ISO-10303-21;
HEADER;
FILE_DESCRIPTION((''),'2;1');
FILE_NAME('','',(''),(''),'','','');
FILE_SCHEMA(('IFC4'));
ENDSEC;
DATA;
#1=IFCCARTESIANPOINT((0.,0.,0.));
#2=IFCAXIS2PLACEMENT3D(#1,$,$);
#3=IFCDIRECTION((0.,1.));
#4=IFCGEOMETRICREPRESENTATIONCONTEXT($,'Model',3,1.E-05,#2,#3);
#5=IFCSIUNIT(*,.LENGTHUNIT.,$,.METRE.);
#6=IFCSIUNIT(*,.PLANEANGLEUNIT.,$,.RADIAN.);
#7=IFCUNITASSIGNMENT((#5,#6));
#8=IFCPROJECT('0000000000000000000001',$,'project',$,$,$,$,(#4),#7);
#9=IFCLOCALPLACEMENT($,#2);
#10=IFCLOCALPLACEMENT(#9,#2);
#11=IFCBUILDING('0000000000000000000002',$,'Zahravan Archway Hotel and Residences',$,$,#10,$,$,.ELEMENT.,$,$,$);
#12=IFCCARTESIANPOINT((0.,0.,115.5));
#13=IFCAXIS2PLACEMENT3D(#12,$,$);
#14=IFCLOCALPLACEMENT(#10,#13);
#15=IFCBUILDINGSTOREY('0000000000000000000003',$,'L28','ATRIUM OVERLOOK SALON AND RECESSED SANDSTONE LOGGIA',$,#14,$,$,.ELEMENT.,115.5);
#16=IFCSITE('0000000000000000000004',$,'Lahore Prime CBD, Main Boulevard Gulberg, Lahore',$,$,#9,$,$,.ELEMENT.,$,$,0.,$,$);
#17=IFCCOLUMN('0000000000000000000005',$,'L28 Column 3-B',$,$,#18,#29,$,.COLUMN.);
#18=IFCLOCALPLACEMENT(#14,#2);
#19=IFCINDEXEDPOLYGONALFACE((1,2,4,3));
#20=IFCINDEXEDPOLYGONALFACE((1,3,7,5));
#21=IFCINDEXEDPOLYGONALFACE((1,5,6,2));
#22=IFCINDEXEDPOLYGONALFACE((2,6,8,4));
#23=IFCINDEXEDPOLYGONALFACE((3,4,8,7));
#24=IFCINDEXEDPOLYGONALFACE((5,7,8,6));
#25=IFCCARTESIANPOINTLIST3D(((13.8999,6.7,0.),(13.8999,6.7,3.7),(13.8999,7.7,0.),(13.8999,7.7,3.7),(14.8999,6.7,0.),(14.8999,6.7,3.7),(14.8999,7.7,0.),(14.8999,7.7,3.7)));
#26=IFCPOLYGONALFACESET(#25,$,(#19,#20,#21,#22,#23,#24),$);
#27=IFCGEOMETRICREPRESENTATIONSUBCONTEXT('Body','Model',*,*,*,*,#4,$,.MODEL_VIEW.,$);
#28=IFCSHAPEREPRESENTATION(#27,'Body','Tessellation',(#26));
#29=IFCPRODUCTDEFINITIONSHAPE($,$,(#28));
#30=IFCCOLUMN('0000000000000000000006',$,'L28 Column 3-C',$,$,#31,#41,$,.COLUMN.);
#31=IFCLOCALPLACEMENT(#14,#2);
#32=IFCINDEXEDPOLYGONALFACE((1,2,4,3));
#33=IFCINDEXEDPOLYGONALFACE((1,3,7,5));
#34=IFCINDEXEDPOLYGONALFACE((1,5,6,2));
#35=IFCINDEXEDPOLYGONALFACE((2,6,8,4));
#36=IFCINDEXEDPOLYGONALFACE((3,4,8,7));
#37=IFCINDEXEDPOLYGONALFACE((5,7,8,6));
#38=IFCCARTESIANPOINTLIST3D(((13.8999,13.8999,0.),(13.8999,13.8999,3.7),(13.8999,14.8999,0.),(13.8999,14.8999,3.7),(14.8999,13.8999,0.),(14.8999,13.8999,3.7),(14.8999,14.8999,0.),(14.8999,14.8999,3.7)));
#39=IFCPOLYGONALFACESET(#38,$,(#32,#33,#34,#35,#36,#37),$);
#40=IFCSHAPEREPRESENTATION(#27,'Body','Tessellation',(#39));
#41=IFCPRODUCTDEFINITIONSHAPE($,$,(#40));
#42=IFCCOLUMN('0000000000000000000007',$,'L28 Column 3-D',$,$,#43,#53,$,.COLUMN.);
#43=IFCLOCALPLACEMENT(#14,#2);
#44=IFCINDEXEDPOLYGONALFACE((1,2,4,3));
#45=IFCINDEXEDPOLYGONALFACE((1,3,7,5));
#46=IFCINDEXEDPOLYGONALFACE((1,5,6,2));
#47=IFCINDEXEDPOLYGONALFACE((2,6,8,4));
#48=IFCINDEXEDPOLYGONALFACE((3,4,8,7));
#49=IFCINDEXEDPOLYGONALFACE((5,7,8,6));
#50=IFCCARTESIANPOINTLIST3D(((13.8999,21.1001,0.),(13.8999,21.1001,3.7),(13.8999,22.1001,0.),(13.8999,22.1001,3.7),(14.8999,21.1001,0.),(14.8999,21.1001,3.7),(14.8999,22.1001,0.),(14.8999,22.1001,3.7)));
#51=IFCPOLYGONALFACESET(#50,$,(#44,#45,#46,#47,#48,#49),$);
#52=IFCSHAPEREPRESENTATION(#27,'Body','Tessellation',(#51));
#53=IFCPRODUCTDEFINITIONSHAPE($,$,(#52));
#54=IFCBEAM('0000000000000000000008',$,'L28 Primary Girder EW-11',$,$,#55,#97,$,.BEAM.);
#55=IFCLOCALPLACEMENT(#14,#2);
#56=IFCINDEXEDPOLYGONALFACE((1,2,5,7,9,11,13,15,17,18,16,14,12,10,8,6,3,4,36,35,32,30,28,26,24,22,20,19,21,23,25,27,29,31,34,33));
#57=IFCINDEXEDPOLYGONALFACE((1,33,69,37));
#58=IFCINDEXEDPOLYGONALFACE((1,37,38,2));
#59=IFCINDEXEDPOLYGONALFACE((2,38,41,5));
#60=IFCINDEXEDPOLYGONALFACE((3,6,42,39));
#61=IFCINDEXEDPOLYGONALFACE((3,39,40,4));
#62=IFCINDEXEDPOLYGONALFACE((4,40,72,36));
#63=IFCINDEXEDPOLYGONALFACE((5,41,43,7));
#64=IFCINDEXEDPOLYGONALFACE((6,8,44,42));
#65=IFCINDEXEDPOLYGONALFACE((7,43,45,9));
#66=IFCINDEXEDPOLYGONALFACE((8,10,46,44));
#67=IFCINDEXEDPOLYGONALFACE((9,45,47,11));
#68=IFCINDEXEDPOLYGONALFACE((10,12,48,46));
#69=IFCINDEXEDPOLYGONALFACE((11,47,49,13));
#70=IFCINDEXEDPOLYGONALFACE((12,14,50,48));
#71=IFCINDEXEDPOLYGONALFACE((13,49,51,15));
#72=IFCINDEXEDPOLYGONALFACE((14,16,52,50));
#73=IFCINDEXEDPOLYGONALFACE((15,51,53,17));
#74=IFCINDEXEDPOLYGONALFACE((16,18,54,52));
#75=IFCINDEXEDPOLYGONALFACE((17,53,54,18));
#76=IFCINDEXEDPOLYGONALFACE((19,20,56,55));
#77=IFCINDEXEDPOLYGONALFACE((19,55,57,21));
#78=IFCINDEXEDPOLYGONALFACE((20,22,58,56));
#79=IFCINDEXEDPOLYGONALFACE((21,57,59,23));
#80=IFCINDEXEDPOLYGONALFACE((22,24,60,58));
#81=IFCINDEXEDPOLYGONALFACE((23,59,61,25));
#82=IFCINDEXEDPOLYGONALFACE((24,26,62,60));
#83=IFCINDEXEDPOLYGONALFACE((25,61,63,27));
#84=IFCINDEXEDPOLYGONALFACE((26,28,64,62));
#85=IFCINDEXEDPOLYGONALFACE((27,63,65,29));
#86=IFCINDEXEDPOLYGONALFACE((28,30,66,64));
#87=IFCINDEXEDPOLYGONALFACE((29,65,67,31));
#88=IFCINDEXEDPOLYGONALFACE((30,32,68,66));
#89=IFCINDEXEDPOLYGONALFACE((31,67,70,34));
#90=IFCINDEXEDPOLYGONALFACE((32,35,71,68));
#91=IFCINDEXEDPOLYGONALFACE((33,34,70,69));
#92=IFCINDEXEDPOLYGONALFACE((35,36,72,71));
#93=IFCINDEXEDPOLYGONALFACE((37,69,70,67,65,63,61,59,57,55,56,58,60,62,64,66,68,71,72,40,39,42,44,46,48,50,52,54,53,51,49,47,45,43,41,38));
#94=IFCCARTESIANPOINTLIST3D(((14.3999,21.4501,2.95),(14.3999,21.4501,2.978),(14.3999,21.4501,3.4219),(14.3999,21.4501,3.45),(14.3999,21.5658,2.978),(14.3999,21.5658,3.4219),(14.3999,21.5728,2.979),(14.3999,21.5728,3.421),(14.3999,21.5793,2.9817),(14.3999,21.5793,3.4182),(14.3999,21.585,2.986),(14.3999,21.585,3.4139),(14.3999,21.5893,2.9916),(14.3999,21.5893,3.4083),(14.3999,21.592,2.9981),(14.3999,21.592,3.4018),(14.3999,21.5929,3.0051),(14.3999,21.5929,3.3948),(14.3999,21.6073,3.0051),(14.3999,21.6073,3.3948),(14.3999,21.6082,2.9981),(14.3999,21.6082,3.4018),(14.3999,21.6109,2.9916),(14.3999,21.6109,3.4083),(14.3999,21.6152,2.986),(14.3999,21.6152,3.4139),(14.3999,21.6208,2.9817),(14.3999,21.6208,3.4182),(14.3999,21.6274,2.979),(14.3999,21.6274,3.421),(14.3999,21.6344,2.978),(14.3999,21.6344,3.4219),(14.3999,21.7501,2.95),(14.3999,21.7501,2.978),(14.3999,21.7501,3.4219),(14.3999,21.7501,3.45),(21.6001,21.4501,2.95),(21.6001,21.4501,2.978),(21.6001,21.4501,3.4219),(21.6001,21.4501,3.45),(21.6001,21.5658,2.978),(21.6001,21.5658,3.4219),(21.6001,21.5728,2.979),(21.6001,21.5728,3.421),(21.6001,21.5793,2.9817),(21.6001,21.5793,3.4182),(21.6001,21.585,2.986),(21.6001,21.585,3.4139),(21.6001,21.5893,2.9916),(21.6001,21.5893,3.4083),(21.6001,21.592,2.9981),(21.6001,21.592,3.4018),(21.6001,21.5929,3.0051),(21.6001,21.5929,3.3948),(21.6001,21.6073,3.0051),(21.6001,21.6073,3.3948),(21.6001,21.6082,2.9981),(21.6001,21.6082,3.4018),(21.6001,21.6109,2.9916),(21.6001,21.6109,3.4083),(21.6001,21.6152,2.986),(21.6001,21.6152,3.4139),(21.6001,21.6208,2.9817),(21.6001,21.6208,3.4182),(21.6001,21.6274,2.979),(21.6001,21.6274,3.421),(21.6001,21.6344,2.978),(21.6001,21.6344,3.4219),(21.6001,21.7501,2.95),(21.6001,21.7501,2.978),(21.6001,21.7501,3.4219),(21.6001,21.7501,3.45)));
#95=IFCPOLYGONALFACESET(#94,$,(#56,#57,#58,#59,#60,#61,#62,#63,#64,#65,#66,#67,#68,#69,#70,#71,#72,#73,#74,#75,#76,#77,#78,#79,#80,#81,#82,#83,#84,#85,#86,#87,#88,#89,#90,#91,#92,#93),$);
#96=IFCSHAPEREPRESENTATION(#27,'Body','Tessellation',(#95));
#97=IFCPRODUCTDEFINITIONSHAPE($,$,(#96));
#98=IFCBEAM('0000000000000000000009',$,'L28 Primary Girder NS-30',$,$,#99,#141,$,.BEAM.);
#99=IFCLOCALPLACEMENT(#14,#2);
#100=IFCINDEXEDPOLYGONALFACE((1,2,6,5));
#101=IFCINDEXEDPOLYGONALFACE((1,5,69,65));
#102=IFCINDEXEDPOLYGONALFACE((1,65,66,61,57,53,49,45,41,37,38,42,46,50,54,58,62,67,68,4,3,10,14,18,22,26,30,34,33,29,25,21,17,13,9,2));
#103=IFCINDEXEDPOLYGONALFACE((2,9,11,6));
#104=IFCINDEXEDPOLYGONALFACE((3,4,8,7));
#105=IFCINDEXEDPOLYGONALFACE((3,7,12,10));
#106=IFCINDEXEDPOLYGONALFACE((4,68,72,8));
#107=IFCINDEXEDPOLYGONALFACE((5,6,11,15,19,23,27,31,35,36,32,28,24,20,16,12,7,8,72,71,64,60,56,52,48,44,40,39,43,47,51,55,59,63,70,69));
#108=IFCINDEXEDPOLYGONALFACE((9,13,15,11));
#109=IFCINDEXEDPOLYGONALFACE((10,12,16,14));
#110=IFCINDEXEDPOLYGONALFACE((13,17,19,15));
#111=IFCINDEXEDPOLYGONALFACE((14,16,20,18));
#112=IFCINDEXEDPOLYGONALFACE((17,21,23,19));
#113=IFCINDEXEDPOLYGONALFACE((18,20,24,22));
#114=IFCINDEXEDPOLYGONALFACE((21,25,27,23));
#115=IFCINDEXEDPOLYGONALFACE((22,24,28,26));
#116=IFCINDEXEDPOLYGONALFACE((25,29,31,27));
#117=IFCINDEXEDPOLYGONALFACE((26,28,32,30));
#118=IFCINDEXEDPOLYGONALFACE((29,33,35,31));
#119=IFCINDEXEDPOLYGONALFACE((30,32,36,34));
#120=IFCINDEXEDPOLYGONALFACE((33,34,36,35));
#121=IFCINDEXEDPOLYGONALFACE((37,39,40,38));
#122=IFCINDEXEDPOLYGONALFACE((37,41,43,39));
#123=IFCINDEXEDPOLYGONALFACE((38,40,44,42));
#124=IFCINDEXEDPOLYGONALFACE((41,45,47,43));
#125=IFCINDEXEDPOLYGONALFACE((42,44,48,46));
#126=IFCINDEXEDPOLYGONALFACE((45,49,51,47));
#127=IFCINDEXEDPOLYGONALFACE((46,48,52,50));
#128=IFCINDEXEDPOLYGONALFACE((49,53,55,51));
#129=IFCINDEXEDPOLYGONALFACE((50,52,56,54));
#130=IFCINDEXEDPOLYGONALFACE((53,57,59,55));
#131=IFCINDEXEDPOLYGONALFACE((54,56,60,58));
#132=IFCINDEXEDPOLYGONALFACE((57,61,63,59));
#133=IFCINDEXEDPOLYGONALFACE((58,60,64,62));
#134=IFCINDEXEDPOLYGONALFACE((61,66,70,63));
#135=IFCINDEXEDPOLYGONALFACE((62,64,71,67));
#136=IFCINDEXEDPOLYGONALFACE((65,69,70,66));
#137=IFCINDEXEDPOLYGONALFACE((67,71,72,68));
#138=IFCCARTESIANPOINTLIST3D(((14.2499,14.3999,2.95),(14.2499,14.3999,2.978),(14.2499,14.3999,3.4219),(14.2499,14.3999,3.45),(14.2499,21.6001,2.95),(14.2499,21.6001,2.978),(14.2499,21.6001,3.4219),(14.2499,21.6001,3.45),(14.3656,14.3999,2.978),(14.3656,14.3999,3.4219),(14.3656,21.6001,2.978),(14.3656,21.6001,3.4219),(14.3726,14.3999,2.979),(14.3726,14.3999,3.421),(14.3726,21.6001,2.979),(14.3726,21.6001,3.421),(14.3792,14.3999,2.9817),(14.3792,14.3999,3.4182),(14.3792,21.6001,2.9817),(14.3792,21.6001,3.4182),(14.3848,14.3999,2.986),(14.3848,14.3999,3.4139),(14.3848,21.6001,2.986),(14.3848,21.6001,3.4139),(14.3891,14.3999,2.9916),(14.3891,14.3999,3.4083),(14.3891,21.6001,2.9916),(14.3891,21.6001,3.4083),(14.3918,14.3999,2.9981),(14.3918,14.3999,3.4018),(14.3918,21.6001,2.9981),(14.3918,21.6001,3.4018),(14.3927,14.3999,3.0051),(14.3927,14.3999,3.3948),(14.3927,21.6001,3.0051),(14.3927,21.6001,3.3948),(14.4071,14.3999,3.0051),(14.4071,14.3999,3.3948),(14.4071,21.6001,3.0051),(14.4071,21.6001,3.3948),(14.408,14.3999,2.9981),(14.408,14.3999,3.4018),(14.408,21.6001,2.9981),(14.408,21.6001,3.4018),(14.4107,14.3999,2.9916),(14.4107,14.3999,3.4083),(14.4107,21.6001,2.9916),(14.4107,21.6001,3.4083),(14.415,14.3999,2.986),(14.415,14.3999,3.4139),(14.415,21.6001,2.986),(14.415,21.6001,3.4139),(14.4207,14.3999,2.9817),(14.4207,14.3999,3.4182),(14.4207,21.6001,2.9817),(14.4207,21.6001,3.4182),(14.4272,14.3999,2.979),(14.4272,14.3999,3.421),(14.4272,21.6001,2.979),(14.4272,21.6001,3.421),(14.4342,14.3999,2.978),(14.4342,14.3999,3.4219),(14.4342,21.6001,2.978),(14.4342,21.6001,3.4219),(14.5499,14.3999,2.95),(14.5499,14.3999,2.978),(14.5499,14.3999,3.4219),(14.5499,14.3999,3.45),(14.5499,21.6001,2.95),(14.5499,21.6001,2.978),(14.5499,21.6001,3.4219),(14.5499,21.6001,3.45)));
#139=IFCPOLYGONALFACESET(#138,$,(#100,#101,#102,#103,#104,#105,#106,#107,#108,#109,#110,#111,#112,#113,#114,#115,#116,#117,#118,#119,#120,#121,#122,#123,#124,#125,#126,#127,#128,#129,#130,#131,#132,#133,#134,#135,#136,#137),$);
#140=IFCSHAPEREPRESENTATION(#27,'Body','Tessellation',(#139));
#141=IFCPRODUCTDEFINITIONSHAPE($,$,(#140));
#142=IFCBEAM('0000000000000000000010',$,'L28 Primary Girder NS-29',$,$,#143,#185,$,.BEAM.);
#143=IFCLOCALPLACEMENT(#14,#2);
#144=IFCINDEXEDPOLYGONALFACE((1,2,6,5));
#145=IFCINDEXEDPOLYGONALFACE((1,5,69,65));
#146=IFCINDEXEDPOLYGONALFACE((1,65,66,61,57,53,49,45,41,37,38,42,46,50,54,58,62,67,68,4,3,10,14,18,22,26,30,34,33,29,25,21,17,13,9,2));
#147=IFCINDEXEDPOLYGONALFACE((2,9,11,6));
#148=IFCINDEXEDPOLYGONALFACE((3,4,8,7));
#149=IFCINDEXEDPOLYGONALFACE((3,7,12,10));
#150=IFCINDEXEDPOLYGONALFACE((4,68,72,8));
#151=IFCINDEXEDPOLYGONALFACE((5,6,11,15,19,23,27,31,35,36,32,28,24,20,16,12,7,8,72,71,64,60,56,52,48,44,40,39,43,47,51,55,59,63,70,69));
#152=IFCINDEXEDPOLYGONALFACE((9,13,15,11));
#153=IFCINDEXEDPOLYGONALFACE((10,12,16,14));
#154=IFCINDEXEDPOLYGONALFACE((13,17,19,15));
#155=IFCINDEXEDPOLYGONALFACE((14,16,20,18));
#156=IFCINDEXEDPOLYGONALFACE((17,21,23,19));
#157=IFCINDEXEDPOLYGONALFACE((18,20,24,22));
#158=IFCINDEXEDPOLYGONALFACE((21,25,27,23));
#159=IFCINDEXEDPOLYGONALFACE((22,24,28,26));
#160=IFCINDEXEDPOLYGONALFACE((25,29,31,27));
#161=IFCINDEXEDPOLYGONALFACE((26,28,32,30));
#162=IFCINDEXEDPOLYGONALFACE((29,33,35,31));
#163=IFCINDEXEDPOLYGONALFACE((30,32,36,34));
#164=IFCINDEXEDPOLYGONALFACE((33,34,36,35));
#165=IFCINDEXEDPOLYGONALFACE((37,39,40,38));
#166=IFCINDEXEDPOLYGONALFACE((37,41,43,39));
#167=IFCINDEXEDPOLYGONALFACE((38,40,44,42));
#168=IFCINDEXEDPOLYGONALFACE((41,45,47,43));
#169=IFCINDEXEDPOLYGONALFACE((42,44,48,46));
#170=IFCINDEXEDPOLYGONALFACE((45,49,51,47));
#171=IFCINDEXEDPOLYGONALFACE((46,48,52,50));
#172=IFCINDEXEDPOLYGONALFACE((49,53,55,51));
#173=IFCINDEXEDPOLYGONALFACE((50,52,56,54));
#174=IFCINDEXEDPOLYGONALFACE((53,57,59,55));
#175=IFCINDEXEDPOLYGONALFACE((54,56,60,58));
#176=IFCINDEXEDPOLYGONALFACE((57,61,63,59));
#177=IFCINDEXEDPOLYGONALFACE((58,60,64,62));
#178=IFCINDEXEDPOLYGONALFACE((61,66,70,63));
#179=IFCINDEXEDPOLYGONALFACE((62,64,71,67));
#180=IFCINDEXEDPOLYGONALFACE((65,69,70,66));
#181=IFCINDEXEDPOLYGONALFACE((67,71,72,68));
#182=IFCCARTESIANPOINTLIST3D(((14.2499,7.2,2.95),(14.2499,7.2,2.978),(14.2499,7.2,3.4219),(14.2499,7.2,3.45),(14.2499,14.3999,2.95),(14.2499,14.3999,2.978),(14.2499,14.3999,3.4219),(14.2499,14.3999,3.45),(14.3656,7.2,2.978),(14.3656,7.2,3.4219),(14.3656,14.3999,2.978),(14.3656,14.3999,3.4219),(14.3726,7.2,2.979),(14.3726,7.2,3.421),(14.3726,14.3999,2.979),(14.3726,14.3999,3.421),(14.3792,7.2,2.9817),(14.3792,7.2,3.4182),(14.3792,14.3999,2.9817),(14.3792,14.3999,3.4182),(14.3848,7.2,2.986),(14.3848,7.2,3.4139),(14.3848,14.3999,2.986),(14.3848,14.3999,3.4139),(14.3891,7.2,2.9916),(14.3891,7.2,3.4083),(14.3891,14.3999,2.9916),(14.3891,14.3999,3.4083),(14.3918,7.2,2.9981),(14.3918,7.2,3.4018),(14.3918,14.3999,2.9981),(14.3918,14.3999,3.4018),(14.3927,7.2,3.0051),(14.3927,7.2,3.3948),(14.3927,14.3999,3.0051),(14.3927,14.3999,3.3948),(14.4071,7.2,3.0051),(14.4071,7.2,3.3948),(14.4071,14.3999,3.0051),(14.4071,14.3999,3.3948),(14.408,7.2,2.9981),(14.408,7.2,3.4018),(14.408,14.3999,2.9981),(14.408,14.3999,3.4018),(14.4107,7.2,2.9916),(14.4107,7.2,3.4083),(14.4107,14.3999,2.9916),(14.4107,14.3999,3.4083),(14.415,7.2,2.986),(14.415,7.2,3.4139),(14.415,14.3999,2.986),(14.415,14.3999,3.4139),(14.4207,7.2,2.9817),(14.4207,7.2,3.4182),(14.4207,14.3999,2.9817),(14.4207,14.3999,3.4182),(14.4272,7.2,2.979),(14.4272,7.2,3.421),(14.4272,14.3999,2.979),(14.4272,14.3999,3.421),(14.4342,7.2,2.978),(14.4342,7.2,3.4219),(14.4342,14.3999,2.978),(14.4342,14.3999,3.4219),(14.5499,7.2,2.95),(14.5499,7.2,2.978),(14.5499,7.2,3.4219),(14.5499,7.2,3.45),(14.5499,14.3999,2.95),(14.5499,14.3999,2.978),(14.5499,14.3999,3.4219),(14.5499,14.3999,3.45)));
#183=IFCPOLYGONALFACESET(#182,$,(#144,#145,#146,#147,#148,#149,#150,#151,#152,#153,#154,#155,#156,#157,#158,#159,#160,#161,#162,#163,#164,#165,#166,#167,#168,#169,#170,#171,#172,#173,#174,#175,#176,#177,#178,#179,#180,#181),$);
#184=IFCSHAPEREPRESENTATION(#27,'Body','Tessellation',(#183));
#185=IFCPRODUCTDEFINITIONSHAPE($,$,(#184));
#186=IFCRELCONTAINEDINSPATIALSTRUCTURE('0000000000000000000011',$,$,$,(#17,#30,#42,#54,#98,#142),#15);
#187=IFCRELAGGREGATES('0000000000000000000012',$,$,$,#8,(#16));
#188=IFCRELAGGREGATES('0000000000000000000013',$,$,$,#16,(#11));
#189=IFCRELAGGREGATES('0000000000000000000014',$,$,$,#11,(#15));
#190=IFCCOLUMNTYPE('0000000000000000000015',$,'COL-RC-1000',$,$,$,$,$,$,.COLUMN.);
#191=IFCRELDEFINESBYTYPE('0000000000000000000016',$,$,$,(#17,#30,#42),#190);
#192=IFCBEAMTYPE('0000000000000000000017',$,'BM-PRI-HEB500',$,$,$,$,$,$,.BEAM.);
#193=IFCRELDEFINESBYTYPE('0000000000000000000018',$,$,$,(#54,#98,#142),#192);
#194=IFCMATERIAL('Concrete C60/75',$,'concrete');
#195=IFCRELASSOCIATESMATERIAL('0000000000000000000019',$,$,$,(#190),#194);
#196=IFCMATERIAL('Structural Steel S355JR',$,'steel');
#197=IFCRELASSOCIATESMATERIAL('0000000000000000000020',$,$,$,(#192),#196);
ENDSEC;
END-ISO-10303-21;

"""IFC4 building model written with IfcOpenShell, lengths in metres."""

from ifc_helpers import new_model, si_unit, direction, frame, origin, origin_2d, place, context, subcontext, project, spatial, rectangle, i_section, extrude, source, transform, mapped, material, material_profile, profile_set, type_object, type_shapes, element, save


model = new_model("IFC4")

# Units and contexts
model_context = context("Model", 3, precision=1e-05, world=origin(), true_north=direction((0.0, 1.0)))
body_context = subcontext(model_context, "Body", "Model", "MODEL_VIEW")
ifc_project = project(units=[si_unit("LENGTHUNIT", "METRE"), si_unit("PLANEANGLEUNIT", "RADIAN")], contexts=[model_context])

# Site, building, storey
site_placement = place(None, origin())
site = spatial("IfcSite", under=ifc_project, at=site_placement, Name="Lahore Prime CBD, Main Boulevard Gulberg, Lahore", CompositionType="ELEMENT", RefElevation=0.0)
building_placement = place(site_placement, origin())
building = spatial("IfcBuilding", under=site, at=building_placement, Name="Zahravan Archway Hotel and Residences", CompositionType="ELEMENT")
storey_placement = place(building_placement, frame((0.0, 0.0, 115.5)))
storey = spatial("IfcBuildingStorey", under=building, at=storey_placement, Name="L28", Description="ATRIUM OVERLOOK SALON AND RECESSED SANDSTONE LOGGIA", CompositionType="ELEMENT", Elevation=115.5)

# Columns
ifc_material_1 = material(Name="Concrete C60/75", Category="concrete")
ifc_material_profile_1 = material_profile(ifc_material_1, rectangle(XDim=1.0, YDim=1.0, at=origin_2d()), Name="RC-COL-1000x1000", Category="concrete")
ifc_profile_set_1 = profile_set([ifc_material_profile_1], Name="Concrete C60/75")
column_type = type_object("IfcColumnType", Name="COL-RC-1000", PredefinedType="COLUMN", material=ifc_profile_set_1)
shared_shape_1 = source(origin(), body_context, "Body", "SweptSolid", [
    extrude(rectangle(XDim=1.0, YDim=1.0, at=origin_2d()), origin(), (0.0, 0.0, 1.0), 3.7),
])
type_shapes(column_type, [shared_shape_1])
for number, where, z_axis, x_axis, name in (
    (1, (14.3999, 7.2, 0.0), (0.0, 0.0, 1.0), (1.0, 0.0, 0.0), "L28 Column 3-B"),
    (2, (14.3999, 14.3999, 0.0), (0.0, 0.0, 1.0), (1.0, 0.0, 0.0), "L28 Column 3-C"),
    (3, (14.3999, 21.6001, 0.0), (0.0, 0.0, 1.0), (1.0, 0.0, 0.0), "L28 Column 3-D"),
):
    element("IfcColumn", number, at=place(storey_placement, frame(where, z_axis=z_axis, x_axis=x_axis)), inside=storey, type_object=column_type, Name=name, PredefinedType="COLUMN", context=body_context, shape_type="MappedRepresentation", body=[
        mapped(shared_shape_1, transform((0.0, 0.0, 0.0), scale=1.0)),
    ])

# Beams
ifc_material_2 = material(Name="Structural Steel S355JR", Category="steel")
ifc_material_profile_2 = material_profile(ifc_material_2, i_section(OverallWidth=0.3, OverallDepth=0.5, WebThickness=0.0144, FlangeThickness=0.0281, FilletRadius=0.0271, at=origin_2d()), Name="HEB 500", Category="steel")
ifc_profile_set_2 = profile_set([ifc_material_profile_2], Name="Structural Steel S355JR")
beam_type = type_object("IfcBeamType", Name="BM-PRI-HEB500", PredefinedType="BEAM", material=ifc_profile_set_2)
shared_shape_2 = source(origin(), body_context, "Body", "SweptSolid", [
    extrude(i_section(OverallWidth=0.3, OverallDepth=0.5, WebThickness=0.0144, FlangeThickness=0.0281, FilletRadius=0.0271, at=origin_2d()), origin(), (0.0, 0.0, 1.0), 7.2002),
])
type_shapes(beam_type, [shared_shape_2])
for number, where, z_axis, x_axis, name in (
    (4, (14.3999, 21.6001, 3.2), (1.0, 0.0, 0.0), (0.0, 1.0, 0.0), "L28 Primary Girder EW-11"),
    (5, (14.3999, 14.3999, 3.2), (0.0, 1.0, 0.0), (-1.0, 0.0, 0.0), "L28 Primary Girder NS-30"),
):
    element("IfcBeam", number, at=place(storey_placement, frame(where, z_axis=z_axis, x_axis=x_axis)), inside=storey, type_object=beam_type, Name=name, PredefinedType="BEAM", context=body_context, shape_type="MappedRepresentation", body=[
        mapped(shared_shape_2, transform((0.0, 0.0, 0.0), scale=1.0)),
    ])
shared_shape_3 = source(origin(), body_context, "Body", "SweptSolid", [
    extrude(i_section(OverallWidth=0.3, OverallDepth=0.5, WebThickness=0.0144, FlangeThickness=0.0281, FilletRadius=0.0271, at=origin_2d()), origin(), (0.0, 0.0, 1.0), 7.2),
])
beam_placement = place(storey_placement, frame((14.3999, 7.2, 3.2), z_axis=(0.0, 1.0, 0.0), x_axis=(-1.0, 0.0, 0.0)))
element("IfcBeam", 6, at=beam_placement, inside=storey, type_object=beam_type, Name="L28 Primary Girder NS-29", PredefinedType="BEAM", context=body_context, shape_type="MappedRepresentation", body=[
    mapped(shared_shape_3, transform((0.0, 0.0, 0.0), scale=1.0)),
])

save(model, "model.ifc")
